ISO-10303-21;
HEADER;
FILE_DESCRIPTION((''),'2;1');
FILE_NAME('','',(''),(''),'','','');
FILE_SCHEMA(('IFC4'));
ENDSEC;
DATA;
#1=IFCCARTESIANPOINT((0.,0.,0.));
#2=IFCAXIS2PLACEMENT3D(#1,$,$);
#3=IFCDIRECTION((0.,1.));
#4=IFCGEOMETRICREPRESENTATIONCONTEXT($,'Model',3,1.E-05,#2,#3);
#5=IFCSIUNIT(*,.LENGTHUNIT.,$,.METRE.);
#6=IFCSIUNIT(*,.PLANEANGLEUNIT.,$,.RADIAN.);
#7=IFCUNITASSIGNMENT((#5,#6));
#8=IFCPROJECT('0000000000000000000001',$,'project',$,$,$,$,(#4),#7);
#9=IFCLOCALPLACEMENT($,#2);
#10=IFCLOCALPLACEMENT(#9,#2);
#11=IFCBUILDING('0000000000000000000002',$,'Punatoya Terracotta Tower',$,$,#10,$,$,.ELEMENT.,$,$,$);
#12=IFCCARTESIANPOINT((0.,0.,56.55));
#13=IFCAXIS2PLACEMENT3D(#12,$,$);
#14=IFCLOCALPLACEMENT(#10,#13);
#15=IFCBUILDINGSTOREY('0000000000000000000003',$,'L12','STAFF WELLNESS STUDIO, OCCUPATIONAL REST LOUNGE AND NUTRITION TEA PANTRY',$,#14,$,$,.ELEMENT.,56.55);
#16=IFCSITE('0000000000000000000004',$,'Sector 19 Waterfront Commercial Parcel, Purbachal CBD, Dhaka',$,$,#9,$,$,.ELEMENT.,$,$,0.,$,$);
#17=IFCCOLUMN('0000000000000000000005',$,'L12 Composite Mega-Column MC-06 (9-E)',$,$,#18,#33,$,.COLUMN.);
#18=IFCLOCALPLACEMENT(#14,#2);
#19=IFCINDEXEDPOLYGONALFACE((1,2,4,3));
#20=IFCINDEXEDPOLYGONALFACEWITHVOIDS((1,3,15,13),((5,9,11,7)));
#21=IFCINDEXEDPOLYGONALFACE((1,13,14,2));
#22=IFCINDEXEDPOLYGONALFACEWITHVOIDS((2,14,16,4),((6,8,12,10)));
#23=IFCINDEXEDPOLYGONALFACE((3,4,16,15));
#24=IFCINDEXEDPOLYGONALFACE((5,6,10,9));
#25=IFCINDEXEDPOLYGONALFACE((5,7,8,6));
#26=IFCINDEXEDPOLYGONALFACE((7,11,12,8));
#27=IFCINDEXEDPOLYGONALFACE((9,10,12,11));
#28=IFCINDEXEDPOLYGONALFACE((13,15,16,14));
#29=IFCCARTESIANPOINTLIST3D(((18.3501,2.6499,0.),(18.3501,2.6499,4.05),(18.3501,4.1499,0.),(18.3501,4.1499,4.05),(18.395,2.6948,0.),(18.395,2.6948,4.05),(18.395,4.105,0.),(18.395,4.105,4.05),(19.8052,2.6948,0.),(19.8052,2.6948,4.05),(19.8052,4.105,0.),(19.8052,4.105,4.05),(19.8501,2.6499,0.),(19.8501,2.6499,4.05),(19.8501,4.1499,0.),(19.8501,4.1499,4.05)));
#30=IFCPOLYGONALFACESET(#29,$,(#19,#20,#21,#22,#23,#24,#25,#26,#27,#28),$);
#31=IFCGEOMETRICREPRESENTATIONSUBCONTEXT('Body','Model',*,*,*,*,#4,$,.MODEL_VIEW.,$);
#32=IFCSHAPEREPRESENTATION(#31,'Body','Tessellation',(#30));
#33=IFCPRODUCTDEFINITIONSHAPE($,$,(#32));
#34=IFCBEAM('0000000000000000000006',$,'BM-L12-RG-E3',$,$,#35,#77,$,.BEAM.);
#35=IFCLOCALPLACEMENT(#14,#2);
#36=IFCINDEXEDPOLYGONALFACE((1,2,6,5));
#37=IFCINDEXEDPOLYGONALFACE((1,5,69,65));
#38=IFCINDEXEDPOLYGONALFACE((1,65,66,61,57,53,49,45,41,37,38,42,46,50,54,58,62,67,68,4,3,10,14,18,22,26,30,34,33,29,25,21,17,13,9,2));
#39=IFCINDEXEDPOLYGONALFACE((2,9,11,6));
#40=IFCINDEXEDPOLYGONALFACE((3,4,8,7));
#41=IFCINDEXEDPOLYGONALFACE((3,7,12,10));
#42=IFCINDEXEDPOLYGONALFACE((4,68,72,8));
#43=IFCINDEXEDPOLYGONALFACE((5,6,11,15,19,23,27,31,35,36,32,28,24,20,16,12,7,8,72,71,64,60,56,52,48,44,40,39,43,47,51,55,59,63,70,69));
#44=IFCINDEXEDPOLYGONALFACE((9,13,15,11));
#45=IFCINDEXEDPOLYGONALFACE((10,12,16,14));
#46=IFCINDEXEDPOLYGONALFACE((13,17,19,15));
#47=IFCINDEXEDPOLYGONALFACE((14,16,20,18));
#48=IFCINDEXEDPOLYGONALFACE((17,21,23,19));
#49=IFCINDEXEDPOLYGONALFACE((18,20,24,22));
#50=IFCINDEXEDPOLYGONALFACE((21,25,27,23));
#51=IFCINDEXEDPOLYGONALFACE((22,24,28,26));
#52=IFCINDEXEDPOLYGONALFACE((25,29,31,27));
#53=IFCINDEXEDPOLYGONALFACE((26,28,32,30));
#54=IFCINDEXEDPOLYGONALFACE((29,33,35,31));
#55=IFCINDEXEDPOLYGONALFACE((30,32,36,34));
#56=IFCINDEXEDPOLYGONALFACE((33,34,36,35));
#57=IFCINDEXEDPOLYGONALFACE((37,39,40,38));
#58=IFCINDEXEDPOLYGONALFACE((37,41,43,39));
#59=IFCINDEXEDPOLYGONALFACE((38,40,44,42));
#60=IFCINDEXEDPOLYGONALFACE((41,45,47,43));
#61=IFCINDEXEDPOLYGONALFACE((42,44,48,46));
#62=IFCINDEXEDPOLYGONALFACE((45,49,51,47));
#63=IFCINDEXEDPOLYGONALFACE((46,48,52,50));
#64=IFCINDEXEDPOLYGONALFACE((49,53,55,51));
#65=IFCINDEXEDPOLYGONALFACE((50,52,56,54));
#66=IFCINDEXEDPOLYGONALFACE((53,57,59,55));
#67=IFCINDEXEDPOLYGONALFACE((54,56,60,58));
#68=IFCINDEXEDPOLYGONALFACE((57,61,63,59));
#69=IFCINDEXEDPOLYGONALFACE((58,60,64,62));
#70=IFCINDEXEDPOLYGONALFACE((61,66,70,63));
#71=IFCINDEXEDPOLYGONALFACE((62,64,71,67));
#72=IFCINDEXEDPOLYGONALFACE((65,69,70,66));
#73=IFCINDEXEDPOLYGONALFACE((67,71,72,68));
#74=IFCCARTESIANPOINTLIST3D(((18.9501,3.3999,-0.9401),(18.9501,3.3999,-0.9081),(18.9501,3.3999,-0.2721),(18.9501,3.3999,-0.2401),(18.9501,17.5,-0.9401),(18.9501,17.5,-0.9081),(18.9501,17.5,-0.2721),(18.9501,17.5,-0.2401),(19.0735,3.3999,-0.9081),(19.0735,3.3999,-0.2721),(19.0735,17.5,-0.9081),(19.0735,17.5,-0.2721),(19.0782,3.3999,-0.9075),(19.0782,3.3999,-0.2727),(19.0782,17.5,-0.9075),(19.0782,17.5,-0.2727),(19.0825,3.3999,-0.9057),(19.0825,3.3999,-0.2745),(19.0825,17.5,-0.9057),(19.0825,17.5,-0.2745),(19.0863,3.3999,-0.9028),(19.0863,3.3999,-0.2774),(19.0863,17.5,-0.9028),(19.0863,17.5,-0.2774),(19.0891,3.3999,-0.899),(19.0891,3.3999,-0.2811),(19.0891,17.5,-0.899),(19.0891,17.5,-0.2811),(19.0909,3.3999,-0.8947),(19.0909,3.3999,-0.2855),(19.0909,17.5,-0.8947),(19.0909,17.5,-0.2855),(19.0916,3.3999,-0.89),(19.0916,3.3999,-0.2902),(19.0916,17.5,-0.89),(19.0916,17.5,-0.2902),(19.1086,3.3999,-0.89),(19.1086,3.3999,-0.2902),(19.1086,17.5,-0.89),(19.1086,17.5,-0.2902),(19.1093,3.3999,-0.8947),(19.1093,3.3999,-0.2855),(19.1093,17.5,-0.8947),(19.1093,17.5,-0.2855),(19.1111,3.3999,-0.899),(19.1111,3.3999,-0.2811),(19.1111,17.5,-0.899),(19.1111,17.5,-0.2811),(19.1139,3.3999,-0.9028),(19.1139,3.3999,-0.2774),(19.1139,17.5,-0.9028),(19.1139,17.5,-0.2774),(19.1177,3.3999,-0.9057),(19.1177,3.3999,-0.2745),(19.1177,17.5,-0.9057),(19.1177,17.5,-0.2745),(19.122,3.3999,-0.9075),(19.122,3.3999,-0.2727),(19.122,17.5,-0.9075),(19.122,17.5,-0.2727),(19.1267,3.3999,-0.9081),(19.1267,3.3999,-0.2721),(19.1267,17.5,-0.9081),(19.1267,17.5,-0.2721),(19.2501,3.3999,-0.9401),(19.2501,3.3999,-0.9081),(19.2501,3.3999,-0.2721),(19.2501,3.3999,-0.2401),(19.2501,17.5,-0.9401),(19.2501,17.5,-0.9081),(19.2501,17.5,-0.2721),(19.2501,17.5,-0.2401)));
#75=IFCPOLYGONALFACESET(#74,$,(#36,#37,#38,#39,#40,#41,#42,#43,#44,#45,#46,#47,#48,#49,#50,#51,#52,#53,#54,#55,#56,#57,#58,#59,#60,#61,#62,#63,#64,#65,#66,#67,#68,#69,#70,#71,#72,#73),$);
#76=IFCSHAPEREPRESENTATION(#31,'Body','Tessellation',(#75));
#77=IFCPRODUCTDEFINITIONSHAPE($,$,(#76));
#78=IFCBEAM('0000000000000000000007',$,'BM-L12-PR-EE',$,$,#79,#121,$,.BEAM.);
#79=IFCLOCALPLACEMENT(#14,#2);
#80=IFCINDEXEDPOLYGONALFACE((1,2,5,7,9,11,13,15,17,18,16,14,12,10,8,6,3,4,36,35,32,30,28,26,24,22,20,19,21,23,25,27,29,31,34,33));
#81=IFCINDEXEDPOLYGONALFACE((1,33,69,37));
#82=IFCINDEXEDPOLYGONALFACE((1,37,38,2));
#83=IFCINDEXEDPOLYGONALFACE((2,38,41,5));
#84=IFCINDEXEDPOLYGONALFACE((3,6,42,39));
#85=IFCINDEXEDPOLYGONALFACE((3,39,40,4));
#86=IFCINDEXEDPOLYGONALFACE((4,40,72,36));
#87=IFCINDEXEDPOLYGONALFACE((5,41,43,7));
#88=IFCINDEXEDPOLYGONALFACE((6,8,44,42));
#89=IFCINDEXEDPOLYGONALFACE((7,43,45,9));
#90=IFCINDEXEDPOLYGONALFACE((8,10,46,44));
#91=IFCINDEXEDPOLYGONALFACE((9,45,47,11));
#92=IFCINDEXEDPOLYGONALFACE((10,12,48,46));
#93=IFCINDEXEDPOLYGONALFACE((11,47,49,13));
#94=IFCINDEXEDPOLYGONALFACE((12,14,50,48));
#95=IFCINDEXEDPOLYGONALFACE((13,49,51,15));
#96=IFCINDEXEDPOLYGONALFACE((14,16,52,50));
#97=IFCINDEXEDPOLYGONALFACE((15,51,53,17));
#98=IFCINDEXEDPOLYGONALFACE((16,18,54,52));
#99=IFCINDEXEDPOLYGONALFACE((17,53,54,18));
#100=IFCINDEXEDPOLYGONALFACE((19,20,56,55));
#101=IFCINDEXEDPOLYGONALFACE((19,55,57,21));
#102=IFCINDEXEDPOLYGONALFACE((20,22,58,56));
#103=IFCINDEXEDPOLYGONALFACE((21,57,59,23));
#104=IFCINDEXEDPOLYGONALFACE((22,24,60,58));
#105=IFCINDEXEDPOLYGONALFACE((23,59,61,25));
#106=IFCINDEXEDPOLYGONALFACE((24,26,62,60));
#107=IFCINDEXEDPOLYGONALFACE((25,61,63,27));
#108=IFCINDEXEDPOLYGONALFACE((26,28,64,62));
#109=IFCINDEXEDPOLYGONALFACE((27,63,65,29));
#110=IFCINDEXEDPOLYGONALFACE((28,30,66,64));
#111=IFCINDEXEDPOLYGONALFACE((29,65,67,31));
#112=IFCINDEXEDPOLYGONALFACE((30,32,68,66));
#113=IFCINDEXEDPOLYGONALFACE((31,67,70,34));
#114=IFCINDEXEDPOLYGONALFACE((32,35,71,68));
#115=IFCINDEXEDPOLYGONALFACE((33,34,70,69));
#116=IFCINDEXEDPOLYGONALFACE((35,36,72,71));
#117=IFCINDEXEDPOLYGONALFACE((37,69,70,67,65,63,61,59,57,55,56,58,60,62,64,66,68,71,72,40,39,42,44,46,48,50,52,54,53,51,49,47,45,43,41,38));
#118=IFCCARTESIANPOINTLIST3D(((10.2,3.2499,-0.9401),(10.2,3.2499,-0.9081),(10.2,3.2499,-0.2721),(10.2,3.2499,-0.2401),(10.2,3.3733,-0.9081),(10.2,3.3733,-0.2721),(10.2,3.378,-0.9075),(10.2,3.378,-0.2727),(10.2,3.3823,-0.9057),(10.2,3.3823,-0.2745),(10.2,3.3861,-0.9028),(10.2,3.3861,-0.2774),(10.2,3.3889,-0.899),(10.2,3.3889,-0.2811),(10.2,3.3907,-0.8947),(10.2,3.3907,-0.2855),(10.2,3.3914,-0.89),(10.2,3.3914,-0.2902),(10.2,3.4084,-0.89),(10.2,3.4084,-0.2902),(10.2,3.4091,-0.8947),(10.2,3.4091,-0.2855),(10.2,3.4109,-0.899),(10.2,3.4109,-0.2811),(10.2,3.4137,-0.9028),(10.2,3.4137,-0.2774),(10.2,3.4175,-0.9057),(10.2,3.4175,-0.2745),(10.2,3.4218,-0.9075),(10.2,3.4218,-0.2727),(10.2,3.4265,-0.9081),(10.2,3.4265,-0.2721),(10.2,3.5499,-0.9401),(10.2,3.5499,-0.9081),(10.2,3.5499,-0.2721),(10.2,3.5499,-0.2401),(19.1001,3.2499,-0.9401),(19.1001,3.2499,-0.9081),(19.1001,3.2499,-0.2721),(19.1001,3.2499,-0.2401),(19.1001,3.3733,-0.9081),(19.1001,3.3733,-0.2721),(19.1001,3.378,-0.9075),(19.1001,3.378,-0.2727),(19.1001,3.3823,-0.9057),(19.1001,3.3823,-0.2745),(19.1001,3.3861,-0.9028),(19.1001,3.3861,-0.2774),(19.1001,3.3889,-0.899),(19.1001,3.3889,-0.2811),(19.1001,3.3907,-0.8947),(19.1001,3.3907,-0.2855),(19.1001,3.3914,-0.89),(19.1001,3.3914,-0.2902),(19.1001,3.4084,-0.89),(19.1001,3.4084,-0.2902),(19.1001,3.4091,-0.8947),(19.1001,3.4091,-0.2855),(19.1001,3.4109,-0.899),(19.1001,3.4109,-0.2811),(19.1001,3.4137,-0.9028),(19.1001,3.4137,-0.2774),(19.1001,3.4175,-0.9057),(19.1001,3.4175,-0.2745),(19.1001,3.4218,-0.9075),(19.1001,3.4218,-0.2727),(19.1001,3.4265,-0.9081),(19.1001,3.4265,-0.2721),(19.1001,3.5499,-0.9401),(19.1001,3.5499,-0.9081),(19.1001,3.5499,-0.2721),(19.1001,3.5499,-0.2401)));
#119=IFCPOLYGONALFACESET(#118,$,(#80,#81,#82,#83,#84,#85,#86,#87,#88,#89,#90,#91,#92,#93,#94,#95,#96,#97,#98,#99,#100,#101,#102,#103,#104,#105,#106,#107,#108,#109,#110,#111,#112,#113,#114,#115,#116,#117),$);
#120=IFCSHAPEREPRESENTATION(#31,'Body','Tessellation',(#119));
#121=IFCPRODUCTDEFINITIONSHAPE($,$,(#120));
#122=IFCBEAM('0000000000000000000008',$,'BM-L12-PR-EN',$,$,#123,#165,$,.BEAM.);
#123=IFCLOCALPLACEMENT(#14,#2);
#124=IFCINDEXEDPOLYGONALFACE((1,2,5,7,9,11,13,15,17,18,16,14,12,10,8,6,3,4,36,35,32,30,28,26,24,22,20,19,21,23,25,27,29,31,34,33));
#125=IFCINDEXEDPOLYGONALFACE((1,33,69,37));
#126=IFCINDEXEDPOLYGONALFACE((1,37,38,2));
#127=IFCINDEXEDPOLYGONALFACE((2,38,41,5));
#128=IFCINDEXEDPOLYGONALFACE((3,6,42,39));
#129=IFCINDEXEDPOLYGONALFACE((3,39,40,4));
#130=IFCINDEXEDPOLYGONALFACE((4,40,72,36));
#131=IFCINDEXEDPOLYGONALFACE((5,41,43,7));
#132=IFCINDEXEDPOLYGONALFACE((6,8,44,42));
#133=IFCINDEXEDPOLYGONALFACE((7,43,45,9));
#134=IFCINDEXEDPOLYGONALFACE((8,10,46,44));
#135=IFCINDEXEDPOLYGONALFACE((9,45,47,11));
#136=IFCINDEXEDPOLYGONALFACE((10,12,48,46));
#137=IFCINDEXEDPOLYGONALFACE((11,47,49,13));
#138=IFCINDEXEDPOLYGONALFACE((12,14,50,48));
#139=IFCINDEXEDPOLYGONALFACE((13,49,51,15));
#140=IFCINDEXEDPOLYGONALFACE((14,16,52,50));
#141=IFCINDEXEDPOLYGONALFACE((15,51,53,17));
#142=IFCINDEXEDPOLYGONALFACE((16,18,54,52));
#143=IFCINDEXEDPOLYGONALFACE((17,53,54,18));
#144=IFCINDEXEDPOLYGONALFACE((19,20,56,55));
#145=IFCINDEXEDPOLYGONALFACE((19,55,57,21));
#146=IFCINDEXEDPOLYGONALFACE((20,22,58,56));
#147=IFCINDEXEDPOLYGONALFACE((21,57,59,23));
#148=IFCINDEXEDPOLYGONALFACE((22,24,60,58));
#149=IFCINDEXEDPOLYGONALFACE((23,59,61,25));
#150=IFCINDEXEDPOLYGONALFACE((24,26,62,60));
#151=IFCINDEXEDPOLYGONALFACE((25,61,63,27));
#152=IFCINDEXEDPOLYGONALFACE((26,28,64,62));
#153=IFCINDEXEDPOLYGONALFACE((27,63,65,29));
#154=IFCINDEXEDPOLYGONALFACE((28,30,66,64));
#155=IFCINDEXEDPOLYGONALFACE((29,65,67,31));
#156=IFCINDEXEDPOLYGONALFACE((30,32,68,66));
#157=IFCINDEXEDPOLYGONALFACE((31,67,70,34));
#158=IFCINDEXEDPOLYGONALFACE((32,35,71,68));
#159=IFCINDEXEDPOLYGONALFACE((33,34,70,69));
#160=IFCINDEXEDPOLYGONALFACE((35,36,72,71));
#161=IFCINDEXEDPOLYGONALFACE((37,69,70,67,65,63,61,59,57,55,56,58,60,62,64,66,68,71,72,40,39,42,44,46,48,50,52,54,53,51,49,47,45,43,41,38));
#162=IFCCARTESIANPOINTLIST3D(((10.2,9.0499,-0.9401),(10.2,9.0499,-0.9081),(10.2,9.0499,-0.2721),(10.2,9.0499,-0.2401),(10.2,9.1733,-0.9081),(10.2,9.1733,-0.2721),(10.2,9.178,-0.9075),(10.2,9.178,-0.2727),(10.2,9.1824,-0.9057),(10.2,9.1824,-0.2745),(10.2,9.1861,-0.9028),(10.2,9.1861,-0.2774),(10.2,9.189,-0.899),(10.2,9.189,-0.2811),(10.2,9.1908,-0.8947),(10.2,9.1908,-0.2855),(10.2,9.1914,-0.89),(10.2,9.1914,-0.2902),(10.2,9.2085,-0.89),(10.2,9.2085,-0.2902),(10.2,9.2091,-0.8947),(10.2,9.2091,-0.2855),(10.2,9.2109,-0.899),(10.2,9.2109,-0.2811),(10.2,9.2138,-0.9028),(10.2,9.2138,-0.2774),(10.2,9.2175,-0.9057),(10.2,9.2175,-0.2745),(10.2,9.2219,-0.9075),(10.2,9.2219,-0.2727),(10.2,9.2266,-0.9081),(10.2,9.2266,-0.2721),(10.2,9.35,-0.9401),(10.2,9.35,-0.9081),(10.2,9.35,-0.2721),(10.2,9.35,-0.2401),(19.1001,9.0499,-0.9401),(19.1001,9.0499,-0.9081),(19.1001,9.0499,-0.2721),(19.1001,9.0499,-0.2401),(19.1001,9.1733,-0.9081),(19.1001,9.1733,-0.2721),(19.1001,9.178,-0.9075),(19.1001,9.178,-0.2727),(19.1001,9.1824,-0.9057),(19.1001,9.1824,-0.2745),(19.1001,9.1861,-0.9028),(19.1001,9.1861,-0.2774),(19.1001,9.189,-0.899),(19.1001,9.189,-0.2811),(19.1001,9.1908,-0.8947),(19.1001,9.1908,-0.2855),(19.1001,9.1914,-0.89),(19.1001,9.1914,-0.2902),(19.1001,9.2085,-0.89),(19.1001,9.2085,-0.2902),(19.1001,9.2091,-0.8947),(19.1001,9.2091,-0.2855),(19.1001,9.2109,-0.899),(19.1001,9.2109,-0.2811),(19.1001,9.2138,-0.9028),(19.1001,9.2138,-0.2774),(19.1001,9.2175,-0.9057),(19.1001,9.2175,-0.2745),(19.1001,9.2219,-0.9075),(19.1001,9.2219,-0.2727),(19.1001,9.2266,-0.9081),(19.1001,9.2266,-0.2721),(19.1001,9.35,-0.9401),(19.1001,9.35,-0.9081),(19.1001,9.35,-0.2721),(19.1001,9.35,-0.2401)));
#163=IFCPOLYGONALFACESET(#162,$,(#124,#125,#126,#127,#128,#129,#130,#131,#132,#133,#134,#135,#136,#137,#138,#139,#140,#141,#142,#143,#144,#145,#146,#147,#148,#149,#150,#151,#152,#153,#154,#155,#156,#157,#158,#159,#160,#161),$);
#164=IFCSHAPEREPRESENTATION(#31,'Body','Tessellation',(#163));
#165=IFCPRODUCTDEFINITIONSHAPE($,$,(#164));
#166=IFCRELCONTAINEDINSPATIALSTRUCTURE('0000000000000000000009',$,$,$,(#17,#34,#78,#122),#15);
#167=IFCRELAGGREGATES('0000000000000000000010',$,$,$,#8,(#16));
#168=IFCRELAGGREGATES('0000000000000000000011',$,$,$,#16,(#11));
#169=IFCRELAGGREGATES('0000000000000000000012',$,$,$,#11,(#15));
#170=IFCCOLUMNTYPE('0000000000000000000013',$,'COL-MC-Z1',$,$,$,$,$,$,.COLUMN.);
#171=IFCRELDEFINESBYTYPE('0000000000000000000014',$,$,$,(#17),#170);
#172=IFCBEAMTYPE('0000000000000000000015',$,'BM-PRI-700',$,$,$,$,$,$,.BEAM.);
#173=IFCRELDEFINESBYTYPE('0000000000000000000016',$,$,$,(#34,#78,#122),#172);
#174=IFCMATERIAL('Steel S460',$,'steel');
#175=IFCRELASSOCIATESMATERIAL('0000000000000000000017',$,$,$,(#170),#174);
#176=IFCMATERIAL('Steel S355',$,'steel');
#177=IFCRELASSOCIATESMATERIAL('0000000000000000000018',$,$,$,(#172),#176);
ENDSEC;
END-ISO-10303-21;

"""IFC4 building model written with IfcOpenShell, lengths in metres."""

from ifc_helpers import new_model, si_unit, direction, frame, origin, origin_2d, place, context, subcontext, project, spatial, hollow_rectangle, i_section, extrude, material, material_profile, profile_set, type_object, element, save


model = new_model("IFC4")

# Units and contexts
model_context = context("Model", 3, precision=1e-05, world=origin(), true_north=direction((0.0, 1.0)))
body_context = subcontext(model_context, "Body", "Model", "MODEL_VIEW")
ifc_project = project(units=[si_unit("LENGTHUNIT", "METRE"), si_unit("PLANEANGLEUNIT", "RADIAN")], contexts=[model_context])

# Site, building, storey
site_placement = place(None, origin())
site = spatial("IfcSite", under=ifc_project, at=site_placement, Name="Sector 19 Waterfront Commercial Parcel, Purbachal CBD, Dhaka", CompositionType="ELEMENT", RefElevation=0.0)
building_placement = place(site_placement, origin())
building = spatial("IfcBuilding", under=site, at=building_placement, Name="Punatoya Terracotta Tower", CompositionType="ELEMENT")
storey_placement = place(building_placement, frame((0.0, 0.0, 56.55)))
storey = spatial("IfcBuildingStorey", under=building, at=storey_placement, Name="L12", Description="STAFF WELLNESS STUDIO, OCCUPATIONAL REST LOUNGE AND NUTRITION TEA PANTRY", CompositionType="ELEMENT", Elevation=56.55)

# Column
ifc_material_1 = material(Name="Steel S460", Category="steel")
ifc_material_profile_1 = material_profile(ifc_material_1, hollow_rectangle(XDim=1.5, YDim=1.5, WallThickness=0.0449, at=origin_2d()))
ifc_profile_set_1 = profile_set([ifc_material_profile_1], Name="Steel S460")
column_type = type_object("IfcColumnType", Name="COL-MC-Z1", PredefinedType="COLUMN", material=ifc_profile_set_1)
column_placement = place(storey_placement, frame((19.1001, 3.3999, 0.0), z_axis=(0.0, 0.0, 1.0), x_axis=(1.0, 0.0, 0.0)))
element("IfcColumn", 1, at=column_placement, inside=storey, type_object=column_type, Name="L12 Composite Mega-Column MC-06 (9-E)", PredefinedType="COLUMN", context=body_context, shape_type="SweptSolid", body=[
    extrude(hollow_rectangle(XDim=1.5, YDim=1.5, WallThickness=0.0449, at=origin_2d()), origin(), (0.0, 0.0, 1.0), 4.05),
])

# Beams
ifc_material_2 = material(Name="Steel S355", Category="steel")
ifc_material_profile_2 = material_profile(ifc_material_2, i_section(OverallWidth=0.3, OverallDepth=0.7, WebThickness=0.0171, FlangeThickness=0.032, FilletRadius=0.0181, at=origin_2d()))
ifc_profile_set_2 = profile_set([ifc_material_profile_2], Name="Steel S355")
beam_type_1 = type_object("IfcBeamType", Name="BM-PRI-700", PredefinedType="BEAM", material=ifc_profile_set_2)
beam_1_placement = place(storey_placement, frame((19.1001, 3.3999, -0.5901), z_axis=(0.0, 1.0, 0.0), x_axis=(-1.0, 0.0, 0.0)))
element("IfcBeam", 2, at=beam_1_placement, inside=storey, type_object=beam_type_1, Name="BM-L12-RG-E3", PredefinedType="BEAM", context=body_context, shape_type="SweptSolid", body=[
    extrude(i_section(OverallWidth=0.3, OverallDepth=0.7, WebThickness=0.0171, FlangeThickness=0.032, FilletRadius=0.0181, at=origin_2d()), origin(), (0.0, 0.0, 1.0), 14.1001),
])
for number, where, z_axis, x_axis, name in (
    (3, (10.2, 3.3999, -0.5901), (1.0, 0.0, 0.0), (0.0, 1.0, 0.0), "BM-L12-PR-EE"),
    (4, (10.2, 9.2, -0.5901), (1.0, 0.0, 0.0), (0.0, 1.0, 0.0), "BM-L12-PR-EN"),
):
    element("IfcBeam", number, at=place(storey_placement, frame(where, z_axis=z_axis, x_axis=x_axis)), inside=storey, type_object=beam_type_1, Name=name, PredefinedType="BEAM", context=body_context, shape_type="SweptSolid", body=[
        extrude(i_section(OverallWidth=0.3, OverallDepth=0.7, WebThickness=0.0171, FlangeThickness=0.032, FilletRadius=0.0181, at=origin_2d()), origin(), (0.0, 0.0, 1.0), 8.9001),
    ])

save(model, "model.ifc")
